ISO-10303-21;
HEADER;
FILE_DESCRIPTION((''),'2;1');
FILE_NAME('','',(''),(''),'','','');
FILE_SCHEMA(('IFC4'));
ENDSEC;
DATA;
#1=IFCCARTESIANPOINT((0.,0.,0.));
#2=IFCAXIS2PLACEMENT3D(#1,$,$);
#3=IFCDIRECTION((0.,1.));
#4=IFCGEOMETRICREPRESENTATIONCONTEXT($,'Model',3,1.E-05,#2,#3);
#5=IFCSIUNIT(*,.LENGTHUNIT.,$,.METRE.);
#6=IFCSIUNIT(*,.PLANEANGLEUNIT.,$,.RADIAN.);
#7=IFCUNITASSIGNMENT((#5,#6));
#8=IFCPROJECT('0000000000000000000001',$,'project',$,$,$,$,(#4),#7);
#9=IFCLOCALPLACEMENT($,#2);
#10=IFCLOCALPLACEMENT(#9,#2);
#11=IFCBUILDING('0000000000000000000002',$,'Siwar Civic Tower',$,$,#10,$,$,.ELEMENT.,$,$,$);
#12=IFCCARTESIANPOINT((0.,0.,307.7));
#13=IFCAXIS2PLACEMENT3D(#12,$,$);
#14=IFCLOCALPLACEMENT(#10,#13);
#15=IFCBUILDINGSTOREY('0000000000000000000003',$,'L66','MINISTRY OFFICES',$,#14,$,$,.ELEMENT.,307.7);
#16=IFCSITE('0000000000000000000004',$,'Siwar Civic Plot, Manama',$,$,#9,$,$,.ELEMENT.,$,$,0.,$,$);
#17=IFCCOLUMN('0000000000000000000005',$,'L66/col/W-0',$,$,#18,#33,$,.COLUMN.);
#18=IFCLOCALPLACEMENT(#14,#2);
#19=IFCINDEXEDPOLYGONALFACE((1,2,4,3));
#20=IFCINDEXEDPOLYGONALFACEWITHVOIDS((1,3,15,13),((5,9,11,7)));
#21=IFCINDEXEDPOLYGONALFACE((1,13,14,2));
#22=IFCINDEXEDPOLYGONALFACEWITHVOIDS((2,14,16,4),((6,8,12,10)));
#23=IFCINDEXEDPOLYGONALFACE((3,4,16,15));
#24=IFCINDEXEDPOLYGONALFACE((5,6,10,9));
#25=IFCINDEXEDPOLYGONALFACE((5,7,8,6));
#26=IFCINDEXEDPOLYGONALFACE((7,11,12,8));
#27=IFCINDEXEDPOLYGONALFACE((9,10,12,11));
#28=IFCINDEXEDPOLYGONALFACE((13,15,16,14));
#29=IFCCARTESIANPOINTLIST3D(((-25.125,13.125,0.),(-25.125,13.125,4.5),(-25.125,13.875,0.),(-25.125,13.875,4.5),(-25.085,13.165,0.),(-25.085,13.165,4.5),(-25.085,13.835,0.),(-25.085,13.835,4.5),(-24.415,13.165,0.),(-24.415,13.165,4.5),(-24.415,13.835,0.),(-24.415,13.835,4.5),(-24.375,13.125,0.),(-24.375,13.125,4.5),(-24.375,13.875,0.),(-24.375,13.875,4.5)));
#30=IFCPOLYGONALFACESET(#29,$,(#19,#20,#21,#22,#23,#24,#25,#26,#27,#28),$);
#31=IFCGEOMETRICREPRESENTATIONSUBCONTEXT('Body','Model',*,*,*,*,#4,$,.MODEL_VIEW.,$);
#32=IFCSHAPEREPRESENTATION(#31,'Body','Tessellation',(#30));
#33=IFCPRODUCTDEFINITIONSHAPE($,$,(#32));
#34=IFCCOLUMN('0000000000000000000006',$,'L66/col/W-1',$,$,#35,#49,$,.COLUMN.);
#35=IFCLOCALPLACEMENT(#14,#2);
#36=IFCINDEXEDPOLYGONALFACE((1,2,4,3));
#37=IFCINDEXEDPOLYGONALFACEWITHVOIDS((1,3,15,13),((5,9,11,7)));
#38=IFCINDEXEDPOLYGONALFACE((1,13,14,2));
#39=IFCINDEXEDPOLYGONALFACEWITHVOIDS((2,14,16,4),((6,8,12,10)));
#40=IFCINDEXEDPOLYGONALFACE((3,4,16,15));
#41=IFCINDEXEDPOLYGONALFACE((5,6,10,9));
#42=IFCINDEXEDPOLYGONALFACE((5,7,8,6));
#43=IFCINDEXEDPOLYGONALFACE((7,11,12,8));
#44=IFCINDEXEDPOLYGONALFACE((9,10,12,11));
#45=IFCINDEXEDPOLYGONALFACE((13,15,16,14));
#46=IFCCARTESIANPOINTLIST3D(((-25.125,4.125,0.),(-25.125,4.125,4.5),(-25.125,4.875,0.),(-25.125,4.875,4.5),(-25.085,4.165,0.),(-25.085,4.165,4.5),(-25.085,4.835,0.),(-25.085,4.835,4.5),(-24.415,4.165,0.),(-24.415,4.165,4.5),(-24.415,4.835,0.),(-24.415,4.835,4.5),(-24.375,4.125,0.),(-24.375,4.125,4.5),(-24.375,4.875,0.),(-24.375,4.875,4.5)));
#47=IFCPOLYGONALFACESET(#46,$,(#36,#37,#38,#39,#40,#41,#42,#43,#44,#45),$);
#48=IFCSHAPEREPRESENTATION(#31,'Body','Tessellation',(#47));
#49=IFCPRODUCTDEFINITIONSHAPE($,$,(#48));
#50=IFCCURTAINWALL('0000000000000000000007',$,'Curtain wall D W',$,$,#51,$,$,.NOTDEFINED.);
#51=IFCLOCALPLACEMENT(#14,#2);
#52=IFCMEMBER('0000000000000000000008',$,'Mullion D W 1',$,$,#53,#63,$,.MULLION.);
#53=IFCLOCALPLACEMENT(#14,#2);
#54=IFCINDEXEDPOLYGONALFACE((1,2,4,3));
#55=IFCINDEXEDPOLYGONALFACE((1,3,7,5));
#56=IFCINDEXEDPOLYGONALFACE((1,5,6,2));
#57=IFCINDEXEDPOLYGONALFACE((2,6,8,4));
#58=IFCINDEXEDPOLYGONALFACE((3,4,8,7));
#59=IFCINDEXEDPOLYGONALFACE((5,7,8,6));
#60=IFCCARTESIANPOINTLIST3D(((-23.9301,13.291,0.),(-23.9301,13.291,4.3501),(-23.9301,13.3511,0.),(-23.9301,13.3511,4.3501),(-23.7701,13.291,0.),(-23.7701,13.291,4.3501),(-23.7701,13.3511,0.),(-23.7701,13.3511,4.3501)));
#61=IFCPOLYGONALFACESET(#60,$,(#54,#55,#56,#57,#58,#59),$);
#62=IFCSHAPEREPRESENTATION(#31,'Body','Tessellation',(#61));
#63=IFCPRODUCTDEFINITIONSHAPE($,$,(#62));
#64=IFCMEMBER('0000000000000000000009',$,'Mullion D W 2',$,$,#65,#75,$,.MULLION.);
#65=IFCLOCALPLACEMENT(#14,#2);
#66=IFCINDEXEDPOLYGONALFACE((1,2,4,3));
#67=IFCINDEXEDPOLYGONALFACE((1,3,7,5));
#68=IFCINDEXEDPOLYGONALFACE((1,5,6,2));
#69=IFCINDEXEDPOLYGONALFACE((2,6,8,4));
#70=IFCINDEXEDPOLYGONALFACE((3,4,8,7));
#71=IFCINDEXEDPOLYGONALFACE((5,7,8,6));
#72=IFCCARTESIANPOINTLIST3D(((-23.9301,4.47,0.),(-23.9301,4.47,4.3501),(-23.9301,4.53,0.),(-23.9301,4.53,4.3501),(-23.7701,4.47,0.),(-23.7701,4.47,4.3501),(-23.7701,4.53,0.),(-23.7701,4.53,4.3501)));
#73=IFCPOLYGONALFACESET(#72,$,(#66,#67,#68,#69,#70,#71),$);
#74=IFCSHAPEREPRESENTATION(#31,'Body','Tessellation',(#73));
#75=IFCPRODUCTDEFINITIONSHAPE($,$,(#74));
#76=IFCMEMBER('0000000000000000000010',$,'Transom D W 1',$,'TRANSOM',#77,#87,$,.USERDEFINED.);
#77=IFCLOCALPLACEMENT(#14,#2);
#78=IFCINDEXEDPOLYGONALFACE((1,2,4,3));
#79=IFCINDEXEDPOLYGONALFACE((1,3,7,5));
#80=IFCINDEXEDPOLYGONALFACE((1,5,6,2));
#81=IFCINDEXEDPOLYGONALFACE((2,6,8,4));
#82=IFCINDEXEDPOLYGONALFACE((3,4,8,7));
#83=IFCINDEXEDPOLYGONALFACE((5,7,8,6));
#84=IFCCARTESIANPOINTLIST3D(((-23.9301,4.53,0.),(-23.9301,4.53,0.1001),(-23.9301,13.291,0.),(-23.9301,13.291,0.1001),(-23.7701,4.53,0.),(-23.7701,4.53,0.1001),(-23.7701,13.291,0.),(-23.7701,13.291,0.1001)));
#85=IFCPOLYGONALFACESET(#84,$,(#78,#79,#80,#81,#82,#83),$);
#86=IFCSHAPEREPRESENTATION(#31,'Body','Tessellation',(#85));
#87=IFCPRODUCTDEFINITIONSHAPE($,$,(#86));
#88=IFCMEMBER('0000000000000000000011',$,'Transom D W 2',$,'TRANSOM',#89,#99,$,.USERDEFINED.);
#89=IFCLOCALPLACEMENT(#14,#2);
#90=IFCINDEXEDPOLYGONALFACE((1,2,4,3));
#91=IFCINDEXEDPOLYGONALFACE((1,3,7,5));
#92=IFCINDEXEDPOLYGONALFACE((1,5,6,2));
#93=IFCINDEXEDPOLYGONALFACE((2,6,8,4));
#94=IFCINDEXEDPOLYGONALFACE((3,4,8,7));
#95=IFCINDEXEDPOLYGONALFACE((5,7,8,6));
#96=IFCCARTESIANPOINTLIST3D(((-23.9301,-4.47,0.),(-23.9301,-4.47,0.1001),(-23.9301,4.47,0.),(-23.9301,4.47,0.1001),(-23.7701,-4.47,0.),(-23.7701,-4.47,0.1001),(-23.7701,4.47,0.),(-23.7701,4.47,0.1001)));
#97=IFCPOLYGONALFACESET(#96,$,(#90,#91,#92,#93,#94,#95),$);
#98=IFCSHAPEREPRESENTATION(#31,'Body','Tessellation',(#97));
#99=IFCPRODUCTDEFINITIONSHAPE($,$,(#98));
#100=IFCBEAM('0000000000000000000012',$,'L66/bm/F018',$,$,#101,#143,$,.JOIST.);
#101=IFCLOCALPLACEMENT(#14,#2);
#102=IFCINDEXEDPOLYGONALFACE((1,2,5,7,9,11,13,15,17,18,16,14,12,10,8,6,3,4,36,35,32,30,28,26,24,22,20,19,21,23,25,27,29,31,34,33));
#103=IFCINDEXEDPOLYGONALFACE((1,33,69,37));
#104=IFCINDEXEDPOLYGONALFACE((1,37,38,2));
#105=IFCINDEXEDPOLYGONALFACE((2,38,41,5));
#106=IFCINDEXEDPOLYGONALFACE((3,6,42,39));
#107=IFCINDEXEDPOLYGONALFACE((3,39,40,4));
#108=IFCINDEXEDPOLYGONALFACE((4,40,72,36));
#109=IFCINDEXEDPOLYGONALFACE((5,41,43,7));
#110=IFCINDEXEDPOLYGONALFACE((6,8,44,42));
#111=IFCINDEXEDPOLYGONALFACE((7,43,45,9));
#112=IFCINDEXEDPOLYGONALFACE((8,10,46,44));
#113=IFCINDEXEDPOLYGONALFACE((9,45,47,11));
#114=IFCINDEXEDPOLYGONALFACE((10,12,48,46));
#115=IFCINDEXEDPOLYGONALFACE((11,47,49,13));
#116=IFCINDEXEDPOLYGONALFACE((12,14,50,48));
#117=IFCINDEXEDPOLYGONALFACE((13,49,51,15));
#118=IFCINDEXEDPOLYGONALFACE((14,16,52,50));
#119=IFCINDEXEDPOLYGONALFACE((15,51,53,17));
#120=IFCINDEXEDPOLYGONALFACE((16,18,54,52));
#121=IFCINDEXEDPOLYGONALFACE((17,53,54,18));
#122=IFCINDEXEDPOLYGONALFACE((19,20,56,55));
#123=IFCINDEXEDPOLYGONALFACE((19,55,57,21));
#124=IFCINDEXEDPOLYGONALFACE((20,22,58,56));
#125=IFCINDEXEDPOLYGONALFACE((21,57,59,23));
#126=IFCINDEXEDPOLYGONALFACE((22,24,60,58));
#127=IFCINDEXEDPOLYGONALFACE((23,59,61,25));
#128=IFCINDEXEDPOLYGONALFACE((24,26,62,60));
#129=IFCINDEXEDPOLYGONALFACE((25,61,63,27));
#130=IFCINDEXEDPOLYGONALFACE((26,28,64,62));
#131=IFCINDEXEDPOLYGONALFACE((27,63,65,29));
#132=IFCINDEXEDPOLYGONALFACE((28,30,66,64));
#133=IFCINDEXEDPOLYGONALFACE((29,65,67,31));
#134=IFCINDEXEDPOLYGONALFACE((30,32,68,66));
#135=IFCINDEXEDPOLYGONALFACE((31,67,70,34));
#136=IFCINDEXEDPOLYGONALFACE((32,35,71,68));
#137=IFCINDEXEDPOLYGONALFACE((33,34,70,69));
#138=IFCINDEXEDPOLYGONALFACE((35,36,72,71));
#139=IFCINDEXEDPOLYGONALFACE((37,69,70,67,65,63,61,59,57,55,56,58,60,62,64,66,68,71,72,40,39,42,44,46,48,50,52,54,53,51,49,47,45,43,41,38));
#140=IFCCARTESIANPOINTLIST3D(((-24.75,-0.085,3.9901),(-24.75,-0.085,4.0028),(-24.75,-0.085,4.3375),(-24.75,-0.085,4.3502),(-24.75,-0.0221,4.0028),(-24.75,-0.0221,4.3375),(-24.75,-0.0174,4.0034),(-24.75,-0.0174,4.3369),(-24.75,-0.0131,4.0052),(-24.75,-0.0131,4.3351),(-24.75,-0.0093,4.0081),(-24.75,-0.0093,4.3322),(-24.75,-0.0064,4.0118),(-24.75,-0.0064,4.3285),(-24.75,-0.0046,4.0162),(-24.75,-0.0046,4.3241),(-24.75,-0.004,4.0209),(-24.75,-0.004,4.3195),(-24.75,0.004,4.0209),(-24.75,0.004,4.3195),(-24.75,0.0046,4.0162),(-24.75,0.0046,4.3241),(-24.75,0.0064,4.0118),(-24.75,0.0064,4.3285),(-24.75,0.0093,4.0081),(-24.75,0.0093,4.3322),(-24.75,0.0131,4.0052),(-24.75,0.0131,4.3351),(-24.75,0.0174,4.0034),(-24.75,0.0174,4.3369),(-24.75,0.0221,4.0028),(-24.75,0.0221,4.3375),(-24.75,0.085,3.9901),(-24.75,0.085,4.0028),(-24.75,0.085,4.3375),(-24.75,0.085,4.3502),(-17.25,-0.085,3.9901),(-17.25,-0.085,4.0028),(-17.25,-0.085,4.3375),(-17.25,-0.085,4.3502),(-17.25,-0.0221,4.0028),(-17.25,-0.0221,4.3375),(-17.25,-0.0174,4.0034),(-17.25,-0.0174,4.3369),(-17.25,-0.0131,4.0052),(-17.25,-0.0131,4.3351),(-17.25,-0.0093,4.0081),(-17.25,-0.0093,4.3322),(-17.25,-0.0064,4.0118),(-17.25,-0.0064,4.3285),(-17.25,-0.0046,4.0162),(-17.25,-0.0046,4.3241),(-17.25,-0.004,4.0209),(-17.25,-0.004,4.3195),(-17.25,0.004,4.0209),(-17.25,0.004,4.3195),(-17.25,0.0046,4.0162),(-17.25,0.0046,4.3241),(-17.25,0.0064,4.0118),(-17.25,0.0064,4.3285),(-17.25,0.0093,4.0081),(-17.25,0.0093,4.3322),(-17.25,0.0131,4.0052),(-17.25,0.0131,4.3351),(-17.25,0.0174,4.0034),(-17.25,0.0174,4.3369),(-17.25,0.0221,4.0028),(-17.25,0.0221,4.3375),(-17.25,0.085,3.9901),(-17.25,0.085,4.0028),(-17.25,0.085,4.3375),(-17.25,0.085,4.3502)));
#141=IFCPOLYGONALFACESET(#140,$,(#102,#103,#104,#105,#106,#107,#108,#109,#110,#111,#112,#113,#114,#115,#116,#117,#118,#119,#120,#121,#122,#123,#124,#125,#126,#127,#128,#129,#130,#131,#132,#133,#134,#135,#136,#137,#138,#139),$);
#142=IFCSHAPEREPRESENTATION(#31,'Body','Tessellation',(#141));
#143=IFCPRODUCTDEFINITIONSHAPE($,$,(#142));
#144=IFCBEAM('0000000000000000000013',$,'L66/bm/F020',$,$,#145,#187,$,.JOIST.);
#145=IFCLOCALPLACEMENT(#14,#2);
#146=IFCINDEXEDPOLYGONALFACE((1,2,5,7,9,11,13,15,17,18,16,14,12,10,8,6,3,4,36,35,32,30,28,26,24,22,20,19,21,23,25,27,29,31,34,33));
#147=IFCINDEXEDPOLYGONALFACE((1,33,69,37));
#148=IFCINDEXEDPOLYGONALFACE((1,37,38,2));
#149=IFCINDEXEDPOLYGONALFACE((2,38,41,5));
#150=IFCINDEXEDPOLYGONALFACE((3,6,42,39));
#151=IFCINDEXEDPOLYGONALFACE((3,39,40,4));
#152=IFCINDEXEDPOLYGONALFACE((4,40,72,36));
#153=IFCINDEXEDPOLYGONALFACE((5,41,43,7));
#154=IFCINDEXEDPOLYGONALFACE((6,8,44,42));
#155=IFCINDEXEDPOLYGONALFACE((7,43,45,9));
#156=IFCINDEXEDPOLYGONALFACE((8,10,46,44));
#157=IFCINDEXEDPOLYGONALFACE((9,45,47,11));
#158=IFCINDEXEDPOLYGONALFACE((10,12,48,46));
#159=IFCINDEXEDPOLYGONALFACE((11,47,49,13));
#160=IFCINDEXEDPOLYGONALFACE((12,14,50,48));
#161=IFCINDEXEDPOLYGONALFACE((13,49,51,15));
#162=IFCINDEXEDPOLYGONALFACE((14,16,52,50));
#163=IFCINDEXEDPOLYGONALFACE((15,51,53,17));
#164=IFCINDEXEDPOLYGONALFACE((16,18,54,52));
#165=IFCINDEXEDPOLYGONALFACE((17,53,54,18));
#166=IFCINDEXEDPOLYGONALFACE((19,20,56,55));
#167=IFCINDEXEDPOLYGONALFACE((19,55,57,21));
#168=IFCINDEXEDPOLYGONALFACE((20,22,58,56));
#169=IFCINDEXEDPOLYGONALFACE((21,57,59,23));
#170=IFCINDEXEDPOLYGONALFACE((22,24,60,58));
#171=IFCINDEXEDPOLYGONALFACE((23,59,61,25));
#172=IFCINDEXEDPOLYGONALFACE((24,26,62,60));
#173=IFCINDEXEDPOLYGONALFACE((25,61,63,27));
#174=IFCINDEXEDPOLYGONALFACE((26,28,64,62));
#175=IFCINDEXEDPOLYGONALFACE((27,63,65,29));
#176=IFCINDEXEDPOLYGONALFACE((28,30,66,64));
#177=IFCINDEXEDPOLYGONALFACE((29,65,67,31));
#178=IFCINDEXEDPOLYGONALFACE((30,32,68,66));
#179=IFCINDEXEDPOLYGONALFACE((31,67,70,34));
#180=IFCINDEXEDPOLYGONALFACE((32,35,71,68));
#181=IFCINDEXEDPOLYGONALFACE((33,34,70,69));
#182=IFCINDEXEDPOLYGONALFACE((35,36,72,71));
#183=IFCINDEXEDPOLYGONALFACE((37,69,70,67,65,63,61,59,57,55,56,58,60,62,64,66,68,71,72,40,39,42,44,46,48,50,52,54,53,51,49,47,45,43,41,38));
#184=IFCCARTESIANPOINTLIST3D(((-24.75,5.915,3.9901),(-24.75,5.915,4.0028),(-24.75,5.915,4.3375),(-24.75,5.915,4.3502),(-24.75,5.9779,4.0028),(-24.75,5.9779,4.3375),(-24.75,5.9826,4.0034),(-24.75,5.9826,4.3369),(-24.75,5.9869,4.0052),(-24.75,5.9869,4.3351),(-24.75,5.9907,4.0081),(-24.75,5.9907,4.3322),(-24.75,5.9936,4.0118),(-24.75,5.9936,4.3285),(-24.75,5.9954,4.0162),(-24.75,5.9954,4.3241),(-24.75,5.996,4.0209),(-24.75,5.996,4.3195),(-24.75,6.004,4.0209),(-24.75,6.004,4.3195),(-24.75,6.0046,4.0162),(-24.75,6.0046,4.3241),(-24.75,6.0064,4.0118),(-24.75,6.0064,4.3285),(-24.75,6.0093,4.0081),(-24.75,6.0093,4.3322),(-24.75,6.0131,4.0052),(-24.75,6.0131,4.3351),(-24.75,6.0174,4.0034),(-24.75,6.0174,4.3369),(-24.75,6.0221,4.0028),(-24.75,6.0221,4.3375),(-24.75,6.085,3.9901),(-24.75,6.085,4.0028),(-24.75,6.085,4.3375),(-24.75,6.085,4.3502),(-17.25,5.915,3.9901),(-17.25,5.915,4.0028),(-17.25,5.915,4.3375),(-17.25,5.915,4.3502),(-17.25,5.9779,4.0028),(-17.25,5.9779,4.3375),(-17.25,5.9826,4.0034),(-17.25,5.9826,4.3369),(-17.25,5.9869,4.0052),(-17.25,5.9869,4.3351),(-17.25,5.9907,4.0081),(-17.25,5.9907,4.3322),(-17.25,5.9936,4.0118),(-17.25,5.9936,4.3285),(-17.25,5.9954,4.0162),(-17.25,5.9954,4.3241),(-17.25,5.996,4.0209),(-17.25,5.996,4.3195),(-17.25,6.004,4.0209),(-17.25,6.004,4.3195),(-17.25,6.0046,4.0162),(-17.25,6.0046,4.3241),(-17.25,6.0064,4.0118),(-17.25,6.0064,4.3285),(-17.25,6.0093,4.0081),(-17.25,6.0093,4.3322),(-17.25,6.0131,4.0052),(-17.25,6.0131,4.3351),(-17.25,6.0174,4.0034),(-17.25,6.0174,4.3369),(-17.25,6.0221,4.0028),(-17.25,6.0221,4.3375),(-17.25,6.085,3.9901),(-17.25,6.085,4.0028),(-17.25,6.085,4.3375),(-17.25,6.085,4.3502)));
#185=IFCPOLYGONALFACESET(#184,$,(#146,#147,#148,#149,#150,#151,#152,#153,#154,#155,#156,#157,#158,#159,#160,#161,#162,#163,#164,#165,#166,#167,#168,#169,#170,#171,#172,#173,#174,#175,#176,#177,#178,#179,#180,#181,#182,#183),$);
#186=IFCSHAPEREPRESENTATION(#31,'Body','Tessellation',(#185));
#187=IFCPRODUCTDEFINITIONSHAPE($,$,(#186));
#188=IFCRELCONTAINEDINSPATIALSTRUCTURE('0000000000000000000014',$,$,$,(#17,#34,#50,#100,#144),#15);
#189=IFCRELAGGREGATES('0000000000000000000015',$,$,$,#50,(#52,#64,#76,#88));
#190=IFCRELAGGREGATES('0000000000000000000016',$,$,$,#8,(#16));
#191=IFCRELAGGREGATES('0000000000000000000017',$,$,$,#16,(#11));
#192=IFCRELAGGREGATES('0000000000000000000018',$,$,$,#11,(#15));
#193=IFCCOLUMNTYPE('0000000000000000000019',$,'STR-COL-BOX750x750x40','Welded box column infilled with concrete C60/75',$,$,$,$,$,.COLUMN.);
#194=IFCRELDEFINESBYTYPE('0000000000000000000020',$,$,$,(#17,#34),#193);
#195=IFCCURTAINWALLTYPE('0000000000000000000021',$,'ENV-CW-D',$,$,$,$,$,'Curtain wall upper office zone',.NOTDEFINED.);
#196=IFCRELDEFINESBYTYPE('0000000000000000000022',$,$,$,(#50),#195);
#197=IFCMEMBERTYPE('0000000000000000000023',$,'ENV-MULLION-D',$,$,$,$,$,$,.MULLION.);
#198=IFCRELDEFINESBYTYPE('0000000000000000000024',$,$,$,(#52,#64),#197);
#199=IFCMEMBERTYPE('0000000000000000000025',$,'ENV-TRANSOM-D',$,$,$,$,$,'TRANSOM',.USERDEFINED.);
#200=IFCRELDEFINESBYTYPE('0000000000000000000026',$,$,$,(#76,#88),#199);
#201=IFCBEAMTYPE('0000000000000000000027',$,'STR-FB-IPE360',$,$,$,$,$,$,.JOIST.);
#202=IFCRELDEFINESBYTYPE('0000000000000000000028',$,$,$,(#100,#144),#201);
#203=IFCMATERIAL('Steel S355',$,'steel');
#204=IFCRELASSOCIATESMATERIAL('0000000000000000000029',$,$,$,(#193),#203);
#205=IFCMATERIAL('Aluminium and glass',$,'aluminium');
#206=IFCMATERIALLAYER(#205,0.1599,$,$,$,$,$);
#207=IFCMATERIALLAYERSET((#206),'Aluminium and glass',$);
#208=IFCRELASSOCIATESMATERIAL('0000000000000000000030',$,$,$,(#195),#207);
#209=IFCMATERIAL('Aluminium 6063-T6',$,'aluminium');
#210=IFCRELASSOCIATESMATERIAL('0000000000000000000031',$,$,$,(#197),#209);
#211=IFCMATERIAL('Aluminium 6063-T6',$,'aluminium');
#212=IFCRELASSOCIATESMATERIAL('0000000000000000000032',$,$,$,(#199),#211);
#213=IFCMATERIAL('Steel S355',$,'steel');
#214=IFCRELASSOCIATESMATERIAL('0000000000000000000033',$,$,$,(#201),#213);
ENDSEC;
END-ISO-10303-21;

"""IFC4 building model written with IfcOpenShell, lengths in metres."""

from ifc_helpers import new_model, si_unit, direction, frame, origin, origin_2d, place, context, subcontext, project, spatial, rectangle, hollow_rectangle, i_section, extrude, material, layer, layer_set, material_profile, profile_set, type_object, element, aggregate, save


model = new_model("IFC4")

# Units and contexts
model_context = context("Model", 3, precision=1e-05, world=origin(), true_north=direction((0.0, 1.0)))
body_context = subcontext(model_context, "Body", "Model", "MODEL_VIEW")
ifc_project = project(units=[si_unit("LENGTHUNIT", "METRE"), si_unit("PLANEANGLEUNIT", "RADIAN")], contexts=[model_context])

# Site, building, storey
site_placement = place(None, origin())
site = spatial("IfcSite", under=ifc_project, at=site_placement, Name="Siwar Civic Plot, Manama", CompositionType="ELEMENT", RefElevation=0.0)
building_placement = place(site_placement, origin())
building = spatial("IfcBuilding", under=site, at=building_placement, Name="Siwar Civic Tower", CompositionType="ELEMENT")
storey_placement = place(building_placement, frame((0.0, 0.0, 307.7)))
storey = spatial("IfcBuildingStorey", under=building, at=storey_placement, Name="L66", Description="MINISTRY OFFICES", CompositionType="ELEMENT", Elevation=307.7)

# Columns
ifc_material_1 = material(Name="Steel S355", Category="steel")
ifc_material_profile_1 = material_profile(ifc_material_1, hollow_rectangle(XDim=0.75, YDim=0.75, WallThickness=0.04, at=origin_2d()), Name="BOX750x750x40")
ifc_profile_set_1 = profile_set([ifc_material_profile_1], Name="Steel S355")
column_type = type_object("IfcColumnType", Name="STR-COL-BOX750x750x40", Description="Welded box column infilled with concrete C60/75", PredefinedType="COLUMN", material=ifc_profile_set_1)
for number, where, z_axis, x_axis, name in (
    (1, (-24.75, 13.5, 0.0), (0.0, 0.0, 1.0), (1.0, 0.0, 0.0), "L66/col/W-0"),
    (2, (-24.75, 4.5, 0.0), (0.0, 0.0, 1.0), (1.0, 0.0, 0.0), "L66/col/W-1"),
):
    element("IfcColumn", number, at=place(storey_placement, frame(where, z_axis=z_axis, x_axis=x_axis)), inside=storey, type_object=column_type, Name=name, PredefinedType="COLUMN", context=body_context, shape_type="SweptSolid", body=[
        extrude(hollow_rectangle(XDim=0.75, YDim=0.75, WallThickness=0.04, at=origin_2d()), origin(), (0.0, 0.0, 1.0), 4.5),
    ])

# Curtain wall, members
ifc_material_2 = material(Name="Aluminium and glass", Category="aluminium")
ifc_layer_1 = layer(ifc_material_2, 0.1599)
ifc_layer_set_1 = layer_set([ifc_layer_1], Name="Aluminium and glass")
curtain_wall_type = type_object("IfcCurtainWallType", Name="ENV-CW-D", ElementType="Curtain wall upper office zone", PredefinedType="NOTDEFINED", material=ifc_layer_set_1)
curtain_wall_placement = place(storey_placement, origin())
curtain_wall = element("IfcCurtainWall", 3, at=curtain_wall_placement, inside=storey, type_object=curtain_wall_type, Name="Curtain wall D W", PredefinedType="NOTDEFINED")
ifc_material_3 = material(Name="Aluminium 6063-T6", Category="aluminium")
ifc_material_profile_2 = material_profile(ifc_material_3, rectangle(XDim=0.1599, YDim=0.0601, at=origin_2d()), Name="AL 160x60")
ifc_profile_set_2 = profile_set([ifc_material_profile_2], Name="Aluminium 6063-T6")
member_type_1 = type_object("IfcMemberType", Name="ENV-MULLION-D", PredefinedType="MULLION", material=ifc_profile_set_2)
member_1_placement = place(storey_placement, frame((-23.8501, 13.321, 0.0), z_axis=(0.0, 0.0, 1.0), x_axis=(1.0, 0.0, 0.0)))
member_1 = element("IfcMember", 4, at=member_1_placement, type_object=member_type_1, Name="Mullion D W 1", PredefinedType="MULLION", context=body_context, shape_type="SweptSolid", body=[
    extrude(rectangle(XDim=0.1599, YDim=0.0601, at=origin_2d()), origin(), (0.0, 0.0, 1.0), 4.3501),
])
member_2_placement = place(storey_placement, frame((-23.8501, 4.5, 0.0), z_axis=(0.0, 0.0, 1.0), x_axis=(1.0, 0.0, 0.0)))
member_2 = element("IfcMember", 5, at=member_2_placement, type_object=member_type_1, Name="Mullion D W 2", PredefinedType="MULLION", context=body_context, shape_type="SweptSolid", body=[
    extrude(rectangle(XDim=0.1599, YDim=0.0601, at=origin_2d()), origin(), (0.0, 0.0, 1.0), 4.3501),
])
ifc_material_4 = material(Name="Aluminium 6063-T6", Category="aluminium")
ifc_material_profile_3 = material_profile(ifc_material_4, rectangle(XDim=0.1599, YDim=0.1001, at=origin_2d()), Name="AL 160x100")
ifc_profile_set_3 = profile_set([ifc_material_profile_3], Name="Aluminium 6063-T6")
member_type_2 = type_object("IfcMemberType", Name="ENV-TRANSOM-D", ElementType="TRANSOM", PredefinedType="USERDEFINED", material=ifc_profile_set_3)
member_3_placement = place(storey_placement, frame((-23.8501, 13.291, 0.05), z_axis=(0.0, -1.0, 0.0), x_axis=(1.0, 0.0, 0.0)))
member_3 = element("IfcMember", 6, at=member_3_placement, type_object=member_type_2, Name="Transom D W 1", ObjectType="TRANSOM", PredefinedType="USERDEFINED", context=body_context, shape_type="SweptSolid", body=[
    extrude(rectangle(XDim=0.1599, YDim=0.1001, at=origin_2d()), origin(), (0.0, 0.0, 1.0), 8.761),
])
member_4_placement = place(storey_placement, frame((-23.8501, 4.47, 0.05), z_axis=(0.0, -1.0, 0.0), x_axis=(1.0, 0.0, 0.0)))
member_4 = element("IfcMember", 7, at=member_4_placement, type_object=member_type_2, Name="Transom D W 2", ObjectType="TRANSOM", PredefinedType="USERDEFINED", context=body_context, shape_type="SweptSolid", body=[
    extrude(rectangle(XDim=0.1599, YDim=0.1001, at=origin_2d()), origin(), (0.0, 0.0, 1.0), 8.9399),
])

# Beams
ifc_material_5 = material(Name="Steel S355", Category="steel")
ifc_material_profile_4 = material_profile(ifc_material_5, i_section(OverallWidth=0.1699, OverallDepth=0.3601, WebThickness=0.0081, FlangeThickness=0.0127, FilletRadius=0.0181, at=origin_2d()), Name="IPE360")
ifc_profile_set_4 = profile_set([ifc_material_profile_4], Name="Steel S355")
beam_type_1 = type_object("IfcBeamType", Name="STR-FB-IPE360", PredefinedType="JOIST", material=ifc_profile_set_4)
for number, where, z_axis, x_axis, name in (
    (8, (-24.75, 0.0, 4.1702), (1.0, 0.0, 0.0), (0.0, 1.0, 0.0), "L66/bm/F018"),
    (9, (-24.75, 6.0, 4.1702), (1.0, 0.0, 0.0), (0.0, 1.0, 0.0), "L66/bm/F020"),
):
    element("IfcBeam", number, at=place(storey_placement, frame(where, z_axis=z_axis, x_axis=x_axis)), inside=storey, type_object=beam_type_1, Name=name, PredefinedType="JOIST", context=body_context, shape_type="SweptSolid", body=[
        extrude(i_section(OverallWidth=0.1699, OverallDepth=0.3601, WebThickness=0.0081, FlangeThickness=0.0127, FilletRadius=0.0181, at=origin_2d()), origin(), (0.0, 0.0, 1.0), 7.5),
    ])

aggregate(curtain_wall, [member_1, member_2, member_3, member_4])

save(model, "model.ifc")
